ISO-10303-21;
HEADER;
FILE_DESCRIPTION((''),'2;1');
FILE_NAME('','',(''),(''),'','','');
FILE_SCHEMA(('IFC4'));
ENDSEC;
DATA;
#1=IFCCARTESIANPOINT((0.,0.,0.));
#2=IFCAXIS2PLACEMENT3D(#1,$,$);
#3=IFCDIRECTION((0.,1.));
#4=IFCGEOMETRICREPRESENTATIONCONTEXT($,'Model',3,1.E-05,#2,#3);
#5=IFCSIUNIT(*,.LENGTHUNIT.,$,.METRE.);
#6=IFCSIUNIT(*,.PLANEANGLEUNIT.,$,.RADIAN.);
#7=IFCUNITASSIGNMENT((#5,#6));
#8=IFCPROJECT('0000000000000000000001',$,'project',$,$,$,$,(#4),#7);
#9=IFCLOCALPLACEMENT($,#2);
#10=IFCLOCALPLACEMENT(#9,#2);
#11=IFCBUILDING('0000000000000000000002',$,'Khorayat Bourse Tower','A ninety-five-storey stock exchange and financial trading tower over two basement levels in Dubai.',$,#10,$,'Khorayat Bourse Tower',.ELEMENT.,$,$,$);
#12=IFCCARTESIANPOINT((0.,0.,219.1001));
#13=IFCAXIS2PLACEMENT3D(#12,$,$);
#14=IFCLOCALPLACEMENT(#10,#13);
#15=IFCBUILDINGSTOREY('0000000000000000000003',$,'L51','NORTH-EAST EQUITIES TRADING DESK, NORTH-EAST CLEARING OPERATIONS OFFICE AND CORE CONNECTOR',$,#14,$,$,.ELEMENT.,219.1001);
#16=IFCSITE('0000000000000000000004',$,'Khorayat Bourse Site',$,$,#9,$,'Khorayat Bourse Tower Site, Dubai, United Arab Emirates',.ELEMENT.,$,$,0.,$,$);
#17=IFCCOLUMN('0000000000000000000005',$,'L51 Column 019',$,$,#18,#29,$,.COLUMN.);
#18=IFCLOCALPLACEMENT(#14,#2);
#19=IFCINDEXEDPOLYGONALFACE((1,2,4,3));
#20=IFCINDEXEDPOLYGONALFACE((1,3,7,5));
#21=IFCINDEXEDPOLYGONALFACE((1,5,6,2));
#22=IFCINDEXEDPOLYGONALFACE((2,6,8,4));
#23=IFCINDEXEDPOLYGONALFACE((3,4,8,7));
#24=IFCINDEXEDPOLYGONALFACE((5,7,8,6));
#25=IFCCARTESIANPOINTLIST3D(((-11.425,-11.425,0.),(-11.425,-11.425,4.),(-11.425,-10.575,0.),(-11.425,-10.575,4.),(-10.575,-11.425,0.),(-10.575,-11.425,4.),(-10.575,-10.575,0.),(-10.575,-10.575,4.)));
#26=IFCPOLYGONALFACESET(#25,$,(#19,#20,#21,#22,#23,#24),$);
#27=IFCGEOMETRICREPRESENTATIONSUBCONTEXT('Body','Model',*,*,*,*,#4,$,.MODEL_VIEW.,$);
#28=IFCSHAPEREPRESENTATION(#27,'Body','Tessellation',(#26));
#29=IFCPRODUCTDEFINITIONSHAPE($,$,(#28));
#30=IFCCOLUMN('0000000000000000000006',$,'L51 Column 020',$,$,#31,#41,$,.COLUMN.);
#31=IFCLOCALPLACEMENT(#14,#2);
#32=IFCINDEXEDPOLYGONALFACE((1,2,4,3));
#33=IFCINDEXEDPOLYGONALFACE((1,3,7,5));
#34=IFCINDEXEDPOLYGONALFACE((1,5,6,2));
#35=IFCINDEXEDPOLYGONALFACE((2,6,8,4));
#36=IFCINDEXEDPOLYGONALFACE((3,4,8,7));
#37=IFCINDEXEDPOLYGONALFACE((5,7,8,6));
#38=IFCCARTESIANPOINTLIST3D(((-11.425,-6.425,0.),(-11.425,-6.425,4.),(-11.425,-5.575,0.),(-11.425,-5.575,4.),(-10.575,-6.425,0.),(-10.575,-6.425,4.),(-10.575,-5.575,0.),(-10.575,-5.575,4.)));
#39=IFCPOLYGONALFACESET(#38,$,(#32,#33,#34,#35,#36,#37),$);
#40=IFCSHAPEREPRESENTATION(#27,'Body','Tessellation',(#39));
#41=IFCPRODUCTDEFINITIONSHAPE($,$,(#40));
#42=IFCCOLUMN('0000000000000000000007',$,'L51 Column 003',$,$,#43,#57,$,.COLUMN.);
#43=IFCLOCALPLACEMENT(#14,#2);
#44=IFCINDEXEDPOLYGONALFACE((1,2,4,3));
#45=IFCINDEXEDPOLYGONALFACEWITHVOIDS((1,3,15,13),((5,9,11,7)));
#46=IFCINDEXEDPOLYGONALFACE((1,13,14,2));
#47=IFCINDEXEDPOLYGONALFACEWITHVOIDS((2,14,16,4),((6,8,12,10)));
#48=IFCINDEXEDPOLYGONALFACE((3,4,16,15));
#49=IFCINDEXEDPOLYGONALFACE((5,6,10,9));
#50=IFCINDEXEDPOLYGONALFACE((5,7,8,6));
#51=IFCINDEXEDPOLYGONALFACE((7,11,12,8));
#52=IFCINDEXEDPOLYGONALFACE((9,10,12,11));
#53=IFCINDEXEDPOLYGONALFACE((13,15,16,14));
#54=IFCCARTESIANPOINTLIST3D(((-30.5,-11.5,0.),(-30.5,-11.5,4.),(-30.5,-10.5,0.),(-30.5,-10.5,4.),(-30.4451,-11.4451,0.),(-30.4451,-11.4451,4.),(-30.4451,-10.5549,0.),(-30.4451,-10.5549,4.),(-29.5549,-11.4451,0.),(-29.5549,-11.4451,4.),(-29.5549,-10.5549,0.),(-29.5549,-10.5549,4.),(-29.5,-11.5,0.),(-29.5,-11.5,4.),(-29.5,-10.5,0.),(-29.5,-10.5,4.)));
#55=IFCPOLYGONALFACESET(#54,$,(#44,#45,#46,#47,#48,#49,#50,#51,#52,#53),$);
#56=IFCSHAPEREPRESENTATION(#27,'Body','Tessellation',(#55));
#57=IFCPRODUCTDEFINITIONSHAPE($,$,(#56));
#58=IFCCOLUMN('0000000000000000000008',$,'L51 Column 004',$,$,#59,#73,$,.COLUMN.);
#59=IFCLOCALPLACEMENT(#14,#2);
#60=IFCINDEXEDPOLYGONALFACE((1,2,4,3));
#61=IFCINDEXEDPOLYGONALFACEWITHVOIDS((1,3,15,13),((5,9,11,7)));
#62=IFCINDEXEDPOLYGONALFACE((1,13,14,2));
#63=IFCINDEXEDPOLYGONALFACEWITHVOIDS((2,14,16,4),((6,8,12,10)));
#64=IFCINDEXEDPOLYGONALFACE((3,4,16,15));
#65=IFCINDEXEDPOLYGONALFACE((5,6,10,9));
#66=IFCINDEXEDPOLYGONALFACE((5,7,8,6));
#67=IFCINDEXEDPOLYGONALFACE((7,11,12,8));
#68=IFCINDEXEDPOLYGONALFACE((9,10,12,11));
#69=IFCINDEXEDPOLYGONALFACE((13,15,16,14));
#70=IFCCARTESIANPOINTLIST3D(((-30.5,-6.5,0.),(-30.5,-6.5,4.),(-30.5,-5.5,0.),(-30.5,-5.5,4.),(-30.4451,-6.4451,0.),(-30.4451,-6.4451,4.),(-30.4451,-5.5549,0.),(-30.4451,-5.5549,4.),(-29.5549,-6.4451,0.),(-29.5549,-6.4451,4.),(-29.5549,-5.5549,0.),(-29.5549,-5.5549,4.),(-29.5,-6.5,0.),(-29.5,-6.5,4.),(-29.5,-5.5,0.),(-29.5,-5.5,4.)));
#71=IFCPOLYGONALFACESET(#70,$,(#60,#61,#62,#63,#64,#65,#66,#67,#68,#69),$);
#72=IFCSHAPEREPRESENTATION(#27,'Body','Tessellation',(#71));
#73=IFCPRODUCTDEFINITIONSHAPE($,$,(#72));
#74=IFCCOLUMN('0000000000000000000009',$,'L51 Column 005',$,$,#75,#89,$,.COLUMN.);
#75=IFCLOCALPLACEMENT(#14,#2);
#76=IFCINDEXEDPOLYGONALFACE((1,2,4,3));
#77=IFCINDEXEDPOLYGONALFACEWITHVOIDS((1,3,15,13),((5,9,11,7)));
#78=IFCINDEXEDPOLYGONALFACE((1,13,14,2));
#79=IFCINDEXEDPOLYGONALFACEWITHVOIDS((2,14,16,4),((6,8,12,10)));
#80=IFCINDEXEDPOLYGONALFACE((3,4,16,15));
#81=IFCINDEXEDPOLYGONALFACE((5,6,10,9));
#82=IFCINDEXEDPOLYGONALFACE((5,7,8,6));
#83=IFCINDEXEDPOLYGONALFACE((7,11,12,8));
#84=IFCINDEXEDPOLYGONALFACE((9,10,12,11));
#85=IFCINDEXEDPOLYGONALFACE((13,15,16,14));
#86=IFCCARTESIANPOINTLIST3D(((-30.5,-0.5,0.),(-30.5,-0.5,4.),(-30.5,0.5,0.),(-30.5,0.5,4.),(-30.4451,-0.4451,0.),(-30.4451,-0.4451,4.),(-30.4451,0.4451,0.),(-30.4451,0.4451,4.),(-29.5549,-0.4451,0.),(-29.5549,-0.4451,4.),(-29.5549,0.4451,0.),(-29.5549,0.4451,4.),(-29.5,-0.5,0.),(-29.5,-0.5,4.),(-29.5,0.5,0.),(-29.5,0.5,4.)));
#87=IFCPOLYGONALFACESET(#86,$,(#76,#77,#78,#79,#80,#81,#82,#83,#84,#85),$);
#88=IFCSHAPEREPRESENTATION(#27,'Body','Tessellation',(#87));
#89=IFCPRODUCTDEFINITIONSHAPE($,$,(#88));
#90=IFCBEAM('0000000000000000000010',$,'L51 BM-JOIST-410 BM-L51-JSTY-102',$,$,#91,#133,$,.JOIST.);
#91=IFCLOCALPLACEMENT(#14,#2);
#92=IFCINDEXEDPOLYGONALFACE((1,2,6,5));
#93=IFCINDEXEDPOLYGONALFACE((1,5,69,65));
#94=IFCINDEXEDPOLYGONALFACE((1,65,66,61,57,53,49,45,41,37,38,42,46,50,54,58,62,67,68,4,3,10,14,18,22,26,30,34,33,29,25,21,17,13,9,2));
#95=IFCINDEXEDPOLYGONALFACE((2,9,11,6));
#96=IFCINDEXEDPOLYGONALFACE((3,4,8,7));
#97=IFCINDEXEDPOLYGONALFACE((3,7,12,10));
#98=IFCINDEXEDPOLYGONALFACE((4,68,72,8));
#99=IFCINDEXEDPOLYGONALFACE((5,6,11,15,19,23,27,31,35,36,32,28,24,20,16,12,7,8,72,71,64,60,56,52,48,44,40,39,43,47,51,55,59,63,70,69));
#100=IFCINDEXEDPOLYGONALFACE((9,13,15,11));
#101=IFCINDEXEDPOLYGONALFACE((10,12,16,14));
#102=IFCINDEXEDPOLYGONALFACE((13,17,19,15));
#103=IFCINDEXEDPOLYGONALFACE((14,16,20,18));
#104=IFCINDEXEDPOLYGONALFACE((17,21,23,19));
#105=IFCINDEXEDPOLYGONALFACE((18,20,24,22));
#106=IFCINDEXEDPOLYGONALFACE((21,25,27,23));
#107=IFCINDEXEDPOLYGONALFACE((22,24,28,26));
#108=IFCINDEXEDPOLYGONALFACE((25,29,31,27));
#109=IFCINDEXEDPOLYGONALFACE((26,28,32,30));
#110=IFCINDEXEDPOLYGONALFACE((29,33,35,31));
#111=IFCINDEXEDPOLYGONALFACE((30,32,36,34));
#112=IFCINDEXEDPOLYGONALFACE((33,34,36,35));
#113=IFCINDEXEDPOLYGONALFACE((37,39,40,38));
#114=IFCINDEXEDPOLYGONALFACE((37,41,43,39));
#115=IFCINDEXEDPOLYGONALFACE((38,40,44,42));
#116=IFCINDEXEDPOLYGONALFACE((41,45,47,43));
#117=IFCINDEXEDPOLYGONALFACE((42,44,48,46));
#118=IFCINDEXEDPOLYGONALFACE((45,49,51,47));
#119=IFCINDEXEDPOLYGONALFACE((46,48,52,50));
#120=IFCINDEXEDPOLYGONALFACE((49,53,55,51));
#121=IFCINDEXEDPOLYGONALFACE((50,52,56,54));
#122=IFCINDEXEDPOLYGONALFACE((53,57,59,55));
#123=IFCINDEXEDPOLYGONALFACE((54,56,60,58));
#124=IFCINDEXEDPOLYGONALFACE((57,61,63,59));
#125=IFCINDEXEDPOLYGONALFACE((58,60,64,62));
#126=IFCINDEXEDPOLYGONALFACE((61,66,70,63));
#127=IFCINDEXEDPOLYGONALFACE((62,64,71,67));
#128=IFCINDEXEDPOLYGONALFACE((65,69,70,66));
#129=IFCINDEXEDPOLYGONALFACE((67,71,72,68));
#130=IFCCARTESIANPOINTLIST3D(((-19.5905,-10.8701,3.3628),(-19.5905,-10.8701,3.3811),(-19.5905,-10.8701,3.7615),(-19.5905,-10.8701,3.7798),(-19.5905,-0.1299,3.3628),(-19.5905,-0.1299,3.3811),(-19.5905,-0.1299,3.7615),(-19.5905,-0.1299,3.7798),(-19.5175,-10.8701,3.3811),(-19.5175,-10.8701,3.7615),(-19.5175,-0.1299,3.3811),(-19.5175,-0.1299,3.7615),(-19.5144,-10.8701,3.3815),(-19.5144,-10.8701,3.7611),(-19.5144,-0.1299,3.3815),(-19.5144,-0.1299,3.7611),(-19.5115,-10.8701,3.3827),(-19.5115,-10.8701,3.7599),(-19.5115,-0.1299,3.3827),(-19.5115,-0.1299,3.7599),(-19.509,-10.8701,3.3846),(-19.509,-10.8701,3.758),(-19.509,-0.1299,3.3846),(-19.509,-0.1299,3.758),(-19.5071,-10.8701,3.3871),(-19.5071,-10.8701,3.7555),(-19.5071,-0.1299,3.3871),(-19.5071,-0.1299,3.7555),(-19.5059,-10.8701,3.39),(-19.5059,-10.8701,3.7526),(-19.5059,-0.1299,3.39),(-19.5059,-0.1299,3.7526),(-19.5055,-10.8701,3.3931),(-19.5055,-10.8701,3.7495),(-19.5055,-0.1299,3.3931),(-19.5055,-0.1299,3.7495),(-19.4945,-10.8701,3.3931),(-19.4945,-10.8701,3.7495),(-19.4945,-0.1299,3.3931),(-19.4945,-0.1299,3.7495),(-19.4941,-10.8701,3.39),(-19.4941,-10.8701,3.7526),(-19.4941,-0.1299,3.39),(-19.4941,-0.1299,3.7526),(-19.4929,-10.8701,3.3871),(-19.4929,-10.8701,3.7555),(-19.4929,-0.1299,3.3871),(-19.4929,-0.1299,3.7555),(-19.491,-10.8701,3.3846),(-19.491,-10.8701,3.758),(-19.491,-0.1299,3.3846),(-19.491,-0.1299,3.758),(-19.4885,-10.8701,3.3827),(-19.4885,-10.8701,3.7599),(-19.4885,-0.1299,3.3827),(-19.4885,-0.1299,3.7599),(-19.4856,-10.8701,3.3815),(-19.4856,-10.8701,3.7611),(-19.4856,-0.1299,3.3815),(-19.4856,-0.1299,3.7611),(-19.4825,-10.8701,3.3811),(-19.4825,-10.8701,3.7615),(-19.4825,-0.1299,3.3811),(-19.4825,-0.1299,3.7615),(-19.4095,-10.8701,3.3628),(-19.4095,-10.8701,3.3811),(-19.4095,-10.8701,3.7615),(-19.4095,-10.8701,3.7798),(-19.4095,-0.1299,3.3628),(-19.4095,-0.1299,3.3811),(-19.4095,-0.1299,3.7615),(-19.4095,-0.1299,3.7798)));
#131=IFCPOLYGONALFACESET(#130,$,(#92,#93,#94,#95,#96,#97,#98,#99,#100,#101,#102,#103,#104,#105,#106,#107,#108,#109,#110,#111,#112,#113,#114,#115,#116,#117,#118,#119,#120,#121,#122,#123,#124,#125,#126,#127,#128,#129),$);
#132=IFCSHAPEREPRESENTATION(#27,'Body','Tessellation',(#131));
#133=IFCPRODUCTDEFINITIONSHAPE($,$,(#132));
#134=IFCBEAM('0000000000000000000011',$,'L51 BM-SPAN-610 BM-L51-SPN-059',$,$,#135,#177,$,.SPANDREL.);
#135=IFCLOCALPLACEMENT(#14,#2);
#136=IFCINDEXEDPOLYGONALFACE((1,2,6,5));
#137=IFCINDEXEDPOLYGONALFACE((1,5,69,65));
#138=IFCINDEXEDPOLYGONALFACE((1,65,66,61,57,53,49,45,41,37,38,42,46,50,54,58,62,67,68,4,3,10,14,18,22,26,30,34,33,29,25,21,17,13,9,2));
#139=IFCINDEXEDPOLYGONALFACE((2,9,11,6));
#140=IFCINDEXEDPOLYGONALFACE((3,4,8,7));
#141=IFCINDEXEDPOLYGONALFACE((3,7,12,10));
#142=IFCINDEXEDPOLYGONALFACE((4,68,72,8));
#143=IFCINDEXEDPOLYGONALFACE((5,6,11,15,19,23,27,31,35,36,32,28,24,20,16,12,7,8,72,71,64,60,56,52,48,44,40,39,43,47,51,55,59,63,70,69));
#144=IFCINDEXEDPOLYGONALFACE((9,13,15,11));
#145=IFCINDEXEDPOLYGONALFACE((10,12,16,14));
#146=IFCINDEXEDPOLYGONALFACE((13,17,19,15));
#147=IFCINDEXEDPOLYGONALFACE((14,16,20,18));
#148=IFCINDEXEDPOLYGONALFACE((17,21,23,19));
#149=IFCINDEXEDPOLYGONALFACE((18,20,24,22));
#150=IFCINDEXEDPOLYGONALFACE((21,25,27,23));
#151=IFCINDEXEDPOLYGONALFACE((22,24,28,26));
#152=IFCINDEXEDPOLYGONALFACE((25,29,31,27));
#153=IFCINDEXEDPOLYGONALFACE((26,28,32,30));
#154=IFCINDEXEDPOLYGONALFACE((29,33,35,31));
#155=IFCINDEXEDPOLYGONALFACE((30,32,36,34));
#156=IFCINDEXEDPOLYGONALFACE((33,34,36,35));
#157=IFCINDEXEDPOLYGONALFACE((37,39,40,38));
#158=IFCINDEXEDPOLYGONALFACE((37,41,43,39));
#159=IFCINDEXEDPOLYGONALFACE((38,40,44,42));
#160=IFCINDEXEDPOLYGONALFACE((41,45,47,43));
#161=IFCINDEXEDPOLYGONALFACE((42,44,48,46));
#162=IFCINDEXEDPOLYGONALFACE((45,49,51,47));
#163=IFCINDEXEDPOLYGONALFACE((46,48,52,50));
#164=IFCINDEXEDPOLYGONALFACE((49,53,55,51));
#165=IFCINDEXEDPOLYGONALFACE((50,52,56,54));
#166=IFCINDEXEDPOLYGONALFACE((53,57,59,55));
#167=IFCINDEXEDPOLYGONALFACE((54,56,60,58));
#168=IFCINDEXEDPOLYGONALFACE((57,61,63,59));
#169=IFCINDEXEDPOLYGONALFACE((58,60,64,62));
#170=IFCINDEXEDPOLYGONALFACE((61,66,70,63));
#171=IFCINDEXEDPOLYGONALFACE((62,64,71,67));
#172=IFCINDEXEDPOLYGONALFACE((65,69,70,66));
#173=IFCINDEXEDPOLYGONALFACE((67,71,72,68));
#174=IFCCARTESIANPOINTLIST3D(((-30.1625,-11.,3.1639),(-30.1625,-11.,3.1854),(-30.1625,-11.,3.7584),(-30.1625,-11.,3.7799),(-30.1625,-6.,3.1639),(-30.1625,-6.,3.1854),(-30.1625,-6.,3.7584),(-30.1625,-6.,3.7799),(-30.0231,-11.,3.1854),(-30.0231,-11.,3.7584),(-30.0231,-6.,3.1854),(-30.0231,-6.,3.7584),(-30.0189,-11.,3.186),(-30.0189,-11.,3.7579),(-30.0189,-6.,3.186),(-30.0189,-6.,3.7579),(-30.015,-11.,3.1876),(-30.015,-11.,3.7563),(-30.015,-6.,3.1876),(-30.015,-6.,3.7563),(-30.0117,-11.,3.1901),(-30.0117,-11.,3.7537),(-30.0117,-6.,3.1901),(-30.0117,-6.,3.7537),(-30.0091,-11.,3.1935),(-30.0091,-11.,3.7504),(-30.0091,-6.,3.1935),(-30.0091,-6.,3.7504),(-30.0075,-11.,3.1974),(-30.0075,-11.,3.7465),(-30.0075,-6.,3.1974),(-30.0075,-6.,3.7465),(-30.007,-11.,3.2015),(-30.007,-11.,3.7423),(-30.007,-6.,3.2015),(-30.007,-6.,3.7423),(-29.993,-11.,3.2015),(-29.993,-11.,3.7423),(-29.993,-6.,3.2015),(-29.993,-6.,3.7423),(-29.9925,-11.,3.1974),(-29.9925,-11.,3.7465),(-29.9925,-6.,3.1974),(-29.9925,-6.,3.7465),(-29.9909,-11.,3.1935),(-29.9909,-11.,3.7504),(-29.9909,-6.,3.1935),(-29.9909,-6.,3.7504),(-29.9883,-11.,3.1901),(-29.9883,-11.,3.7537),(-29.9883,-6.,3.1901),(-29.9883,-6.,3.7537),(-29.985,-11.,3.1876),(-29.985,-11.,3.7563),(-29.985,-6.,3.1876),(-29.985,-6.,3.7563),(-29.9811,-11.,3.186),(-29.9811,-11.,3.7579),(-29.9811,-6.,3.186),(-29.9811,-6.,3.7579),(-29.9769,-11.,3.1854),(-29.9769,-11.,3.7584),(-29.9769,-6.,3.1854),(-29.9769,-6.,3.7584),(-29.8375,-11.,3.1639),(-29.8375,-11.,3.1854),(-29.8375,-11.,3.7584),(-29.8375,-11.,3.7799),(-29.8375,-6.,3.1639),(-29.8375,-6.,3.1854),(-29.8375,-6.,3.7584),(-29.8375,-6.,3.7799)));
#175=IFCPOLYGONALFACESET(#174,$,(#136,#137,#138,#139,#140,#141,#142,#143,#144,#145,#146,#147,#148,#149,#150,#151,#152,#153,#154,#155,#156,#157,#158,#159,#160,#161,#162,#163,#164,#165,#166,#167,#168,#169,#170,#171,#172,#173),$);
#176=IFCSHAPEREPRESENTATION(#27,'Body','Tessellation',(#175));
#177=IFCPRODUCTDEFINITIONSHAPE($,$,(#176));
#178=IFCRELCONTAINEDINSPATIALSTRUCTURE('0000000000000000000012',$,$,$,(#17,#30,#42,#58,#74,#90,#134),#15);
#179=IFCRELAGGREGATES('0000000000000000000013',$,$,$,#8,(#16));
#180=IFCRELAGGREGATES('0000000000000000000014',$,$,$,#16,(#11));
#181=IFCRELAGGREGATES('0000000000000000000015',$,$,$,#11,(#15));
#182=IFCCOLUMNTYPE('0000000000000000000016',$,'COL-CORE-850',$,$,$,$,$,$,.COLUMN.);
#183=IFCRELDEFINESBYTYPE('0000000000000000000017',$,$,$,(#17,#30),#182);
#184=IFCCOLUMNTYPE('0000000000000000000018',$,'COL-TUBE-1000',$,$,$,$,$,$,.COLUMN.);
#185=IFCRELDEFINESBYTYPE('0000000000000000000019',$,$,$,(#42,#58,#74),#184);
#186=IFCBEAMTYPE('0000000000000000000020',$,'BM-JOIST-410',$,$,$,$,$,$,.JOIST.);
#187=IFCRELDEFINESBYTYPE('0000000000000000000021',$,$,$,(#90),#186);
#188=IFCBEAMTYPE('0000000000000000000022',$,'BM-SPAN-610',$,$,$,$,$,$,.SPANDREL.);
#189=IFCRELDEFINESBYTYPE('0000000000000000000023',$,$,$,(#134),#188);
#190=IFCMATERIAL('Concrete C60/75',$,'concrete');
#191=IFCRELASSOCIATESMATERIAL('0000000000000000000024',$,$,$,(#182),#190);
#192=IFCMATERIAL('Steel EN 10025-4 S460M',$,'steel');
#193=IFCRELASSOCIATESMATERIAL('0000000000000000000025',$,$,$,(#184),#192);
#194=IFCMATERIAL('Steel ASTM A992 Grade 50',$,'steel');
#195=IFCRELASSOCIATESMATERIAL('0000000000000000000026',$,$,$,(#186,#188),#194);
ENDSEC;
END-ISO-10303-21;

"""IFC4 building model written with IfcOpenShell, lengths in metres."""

from ifc_helpers import new_model, si_unit, direction, frame, origin, origin_2d, place, context, subcontext, project, spatial, rectangle, hollow_rectangle, i_section, extrude, source, transform, mapped, material, material_profile, profile_set, type_object, element, save


model = new_model("IFC4")

# Units and contexts
model_context = context("Model", 3, precision=1e-05, world=origin(), true_north=direction((0.0, 1.0)))
body_context = subcontext(model_context, "Body", "Model", "MODEL_VIEW")
ifc_project = project(units=[si_unit("LENGTHUNIT", "METRE"), si_unit("PLANEANGLEUNIT", "RADIAN")], contexts=[model_context])

# Site, building, storey
site_placement = place(None, origin())
site = spatial("IfcSite", under=ifc_project, at=site_placement, Name="Khorayat Bourse Site", LongName="Khorayat Bourse Tower Site, Dubai, United Arab Emirates", CompositionType="ELEMENT", RefElevation=0.0)
building_placement = place(site_placement, origin())
building = spatial("IfcBuilding", under=site, at=building_placement, Name="Khorayat Bourse Tower", Description="A ninety-five-storey stock exchange and financial trading tower over two basement levels in Dubai.", LongName="Khorayat Bourse Tower", CompositionType="ELEMENT")
storey_placement = place(building_placement, frame((0.0, 0.0, 219.1001)))
storey = spatial("IfcBuildingStorey", under=building, at=storey_placement, Name="L51", Description="NORTH-EAST EQUITIES TRADING DESK, NORTH-EAST CLEARING OPERATIONS OFFICE AND CORE CONNECTOR", CompositionType="ELEMENT", Elevation=219.1001)

# Columns
ifc_material_1 = material(Name="Concrete C60/75", Category="concrete")
ifc_material_profile_1 = material_profile(ifc_material_1, rectangle(XDim=0.8501, YDim=0.8501, at=origin_2d()), Name="RC 850x850")
ifc_profile_set_1 = profile_set([ifc_material_profile_1], Name="Concrete C60/75")
column_type_1 = type_object("IfcColumnType", Name="COL-CORE-850", PredefinedType="COLUMN", material=ifc_profile_set_1)
shared_shape_1 = source(origin(), body_context, "Body", "SweptSolid", [
    extrude(rectangle(XDim=0.8501, YDim=0.8501, at=origin_2d()), origin(), (0.0, 0.0, 1.0), 4.0),
])
for number, where, z_axis, x_axis, name in (
    (1, (-11.0, -11.0, 0.0), (0.0, 0.0, 1.0), (1.0, 0.0, 0.0), "L51 Column 019"),
    (2, (-11.0, -6.0, 0.0), (0.0, 0.0, 1.0), (1.0, 0.0, 0.0), "L51 Column 020"),
):
    element("IfcColumn", number, at=place(storey_placement, frame(where, z_axis=z_axis, x_axis=x_axis)), inside=storey, type_object=column_type_1, Name=name, PredefinedType="COLUMN", context=body_context, shape_type="MappedRepresentation", body=[
        mapped(shared_shape_1, transform((0.0, 0.0, 0.0), scale=1.0)),
    ])
ifc_material_2 = material(Name="Steel EN 10025-4 S460M", Category="steel")
ifc_material_profile_2 = material_profile(ifc_material_2, hollow_rectangle(XDim=1.0, YDim=1.0, WallThickness=0.0549, at=origin_2d()), Name="BOX 1000x1000x55")
ifc_profile_set_2 = profile_set([ifc_material_profile_2], Name="Steel EN 10025-4 S460M")
column_type_2 = type_object("IfcColumnType", Name="COL-TUBE-1000", PredefinedType="COLUMN", material=ifc_profile_set_2)
shared_shape_2 = source(origin(), body_context, "Body", "SweptSolid", [
    extrude(hollow_rectangle(XDim=1.0, YDim=1.0, WallThickness=0.0549, at=origin_2d()), origin(), (0.0, 0.0, 1.0), 4.0),
])
for number, where, z_axis, x_axis, name in (
    (3, (-30.0, -11.0, 0.0), (0.0, 0.0, 1.0), (1.0, 0.0, 0.0), "L51 Column 003"),
    (4, (-30.0, -6.0, 0.0), (0.0, 0.0, 1.0), (1.0, 0.0, 0.0), "L51 Column 004"),
    (5, (-30.0, 0.0, 0.0), (0.0, 0.0, 1.0), (1.0, 0.0, 0.0), "L51 Column 005"),
):
    element("IfcColumn", number, at=place(storey_placement, frame(where, z_axis=z_axis, x_axis=x_axis)), inside=storey, type_object=column_type_2, Name=name, PredefinedType="COLUMN", context=body_context, shape_type="MappedRepresentation", body=[
        mapped(shared_shape_2, transform((0.0, 0.0, 0.0), scale=1.0)),
    ])

# Beams
ifc_material_3 = material(Name="Steel ASTM A992 Grade 50", Category="steel")
ifc_material_profile_3 = material_profile(ifc_material_3, i_section(OverallWidth=0.1809, OverallDepth=0.417, WebThickness=0.011, FlangeThickness=0.0183, FilletRadius=0.012, at=origin_2d()), Name="W410X85")
ifc_profile_set_3 = profile_set([ifc_material_profile_3], Name="Steel ASTM A992 Grade 50")
beam_type_1 = type_object("IfcBeamType", Name="BM-JOIST-410", PredefinedType="JOIST", material=ifc_profile_set_3)
shared_shape_3 = source(origin(), body_context, "Body", "SweptSolid", [
    extrude(i_section(OverallWidth=0.1809, OverallDepth=0.417, WebThickness=0.011, FlangeThickness=0.0183, FilletRadius=0.012, at=origin_2d()), origin(), (0.0, 0.0, 1.0), 10.7402),
])
beam_1_placement = place(storey_placement, frame((-19.5, -10.8701, 3.5713), z_axis=(0.0, 1.0, 0.0), x_axis=(-1.0, 0.0, 0.0)))
element("IfcBeam", 6, at=beam_1_placement, inside=storey, type_object=beam_type_1, Name="L51 BM-JOIST-410 BM-L51-JSTY-102", PredefinedType="JOIST", context=body_context, shape_type="MappedRepresentation", body=[
    mapped(shared_shape_3, transform((0.0, 0.0, 0.0), scale=1.0)),
])
ifc_material_profile_4 = material_profile(ifc_material_3, i_section(OverallWidth=0.325, OverallDepth=0.616, WebThickness=0.0139, FlangeThickness=0.0215, FilletRadius=0.0161, at=origin_2d()), Name="W610X174")
ifc_profile_set_4 = profile_set([ifc_material_profile_4], Name="Steel ASTM A992 Grade 50")
beam_type_2 = type_object("IfcBeamType", Name="BM-SPAN-610", PredefinedType="SPANDREL", material=ifc_profile_set_4)
shared_shape_4 = source(origin(), body_context, "Body", "SweptSolid", [
    extrude(i_section(OverallWidth=0.325, OverallDepth=0.616, WebThickness=0.0139, FlangeThickness=0.0215, FilletRadius=0.0161, at=origin_2d()), origin(), (0.0, 0.0, 1.0), 5.0),
])
beam_2_placement = place(storey_placement, frame((-30.0, -11.0, 3.4719), z_axis=(0.0, 1.0, 0.0), x_axis=(-1.0, 0.0, 0.0)))
element("IfcBeam", 7, at=beam_2_placement, inside=storey, type_object=beam_type_2, Name="L51 BM-SPAN-610 BM-L51-SPN-059", PredefinedType="SPANDREL", context=body_context, shape_type="MappedRepresentation", body=[
    mapped(shared_shape_4, transform((0.0, 0.0, 0.0), scale=1.0)),
])

save(model, "model.ifc")
